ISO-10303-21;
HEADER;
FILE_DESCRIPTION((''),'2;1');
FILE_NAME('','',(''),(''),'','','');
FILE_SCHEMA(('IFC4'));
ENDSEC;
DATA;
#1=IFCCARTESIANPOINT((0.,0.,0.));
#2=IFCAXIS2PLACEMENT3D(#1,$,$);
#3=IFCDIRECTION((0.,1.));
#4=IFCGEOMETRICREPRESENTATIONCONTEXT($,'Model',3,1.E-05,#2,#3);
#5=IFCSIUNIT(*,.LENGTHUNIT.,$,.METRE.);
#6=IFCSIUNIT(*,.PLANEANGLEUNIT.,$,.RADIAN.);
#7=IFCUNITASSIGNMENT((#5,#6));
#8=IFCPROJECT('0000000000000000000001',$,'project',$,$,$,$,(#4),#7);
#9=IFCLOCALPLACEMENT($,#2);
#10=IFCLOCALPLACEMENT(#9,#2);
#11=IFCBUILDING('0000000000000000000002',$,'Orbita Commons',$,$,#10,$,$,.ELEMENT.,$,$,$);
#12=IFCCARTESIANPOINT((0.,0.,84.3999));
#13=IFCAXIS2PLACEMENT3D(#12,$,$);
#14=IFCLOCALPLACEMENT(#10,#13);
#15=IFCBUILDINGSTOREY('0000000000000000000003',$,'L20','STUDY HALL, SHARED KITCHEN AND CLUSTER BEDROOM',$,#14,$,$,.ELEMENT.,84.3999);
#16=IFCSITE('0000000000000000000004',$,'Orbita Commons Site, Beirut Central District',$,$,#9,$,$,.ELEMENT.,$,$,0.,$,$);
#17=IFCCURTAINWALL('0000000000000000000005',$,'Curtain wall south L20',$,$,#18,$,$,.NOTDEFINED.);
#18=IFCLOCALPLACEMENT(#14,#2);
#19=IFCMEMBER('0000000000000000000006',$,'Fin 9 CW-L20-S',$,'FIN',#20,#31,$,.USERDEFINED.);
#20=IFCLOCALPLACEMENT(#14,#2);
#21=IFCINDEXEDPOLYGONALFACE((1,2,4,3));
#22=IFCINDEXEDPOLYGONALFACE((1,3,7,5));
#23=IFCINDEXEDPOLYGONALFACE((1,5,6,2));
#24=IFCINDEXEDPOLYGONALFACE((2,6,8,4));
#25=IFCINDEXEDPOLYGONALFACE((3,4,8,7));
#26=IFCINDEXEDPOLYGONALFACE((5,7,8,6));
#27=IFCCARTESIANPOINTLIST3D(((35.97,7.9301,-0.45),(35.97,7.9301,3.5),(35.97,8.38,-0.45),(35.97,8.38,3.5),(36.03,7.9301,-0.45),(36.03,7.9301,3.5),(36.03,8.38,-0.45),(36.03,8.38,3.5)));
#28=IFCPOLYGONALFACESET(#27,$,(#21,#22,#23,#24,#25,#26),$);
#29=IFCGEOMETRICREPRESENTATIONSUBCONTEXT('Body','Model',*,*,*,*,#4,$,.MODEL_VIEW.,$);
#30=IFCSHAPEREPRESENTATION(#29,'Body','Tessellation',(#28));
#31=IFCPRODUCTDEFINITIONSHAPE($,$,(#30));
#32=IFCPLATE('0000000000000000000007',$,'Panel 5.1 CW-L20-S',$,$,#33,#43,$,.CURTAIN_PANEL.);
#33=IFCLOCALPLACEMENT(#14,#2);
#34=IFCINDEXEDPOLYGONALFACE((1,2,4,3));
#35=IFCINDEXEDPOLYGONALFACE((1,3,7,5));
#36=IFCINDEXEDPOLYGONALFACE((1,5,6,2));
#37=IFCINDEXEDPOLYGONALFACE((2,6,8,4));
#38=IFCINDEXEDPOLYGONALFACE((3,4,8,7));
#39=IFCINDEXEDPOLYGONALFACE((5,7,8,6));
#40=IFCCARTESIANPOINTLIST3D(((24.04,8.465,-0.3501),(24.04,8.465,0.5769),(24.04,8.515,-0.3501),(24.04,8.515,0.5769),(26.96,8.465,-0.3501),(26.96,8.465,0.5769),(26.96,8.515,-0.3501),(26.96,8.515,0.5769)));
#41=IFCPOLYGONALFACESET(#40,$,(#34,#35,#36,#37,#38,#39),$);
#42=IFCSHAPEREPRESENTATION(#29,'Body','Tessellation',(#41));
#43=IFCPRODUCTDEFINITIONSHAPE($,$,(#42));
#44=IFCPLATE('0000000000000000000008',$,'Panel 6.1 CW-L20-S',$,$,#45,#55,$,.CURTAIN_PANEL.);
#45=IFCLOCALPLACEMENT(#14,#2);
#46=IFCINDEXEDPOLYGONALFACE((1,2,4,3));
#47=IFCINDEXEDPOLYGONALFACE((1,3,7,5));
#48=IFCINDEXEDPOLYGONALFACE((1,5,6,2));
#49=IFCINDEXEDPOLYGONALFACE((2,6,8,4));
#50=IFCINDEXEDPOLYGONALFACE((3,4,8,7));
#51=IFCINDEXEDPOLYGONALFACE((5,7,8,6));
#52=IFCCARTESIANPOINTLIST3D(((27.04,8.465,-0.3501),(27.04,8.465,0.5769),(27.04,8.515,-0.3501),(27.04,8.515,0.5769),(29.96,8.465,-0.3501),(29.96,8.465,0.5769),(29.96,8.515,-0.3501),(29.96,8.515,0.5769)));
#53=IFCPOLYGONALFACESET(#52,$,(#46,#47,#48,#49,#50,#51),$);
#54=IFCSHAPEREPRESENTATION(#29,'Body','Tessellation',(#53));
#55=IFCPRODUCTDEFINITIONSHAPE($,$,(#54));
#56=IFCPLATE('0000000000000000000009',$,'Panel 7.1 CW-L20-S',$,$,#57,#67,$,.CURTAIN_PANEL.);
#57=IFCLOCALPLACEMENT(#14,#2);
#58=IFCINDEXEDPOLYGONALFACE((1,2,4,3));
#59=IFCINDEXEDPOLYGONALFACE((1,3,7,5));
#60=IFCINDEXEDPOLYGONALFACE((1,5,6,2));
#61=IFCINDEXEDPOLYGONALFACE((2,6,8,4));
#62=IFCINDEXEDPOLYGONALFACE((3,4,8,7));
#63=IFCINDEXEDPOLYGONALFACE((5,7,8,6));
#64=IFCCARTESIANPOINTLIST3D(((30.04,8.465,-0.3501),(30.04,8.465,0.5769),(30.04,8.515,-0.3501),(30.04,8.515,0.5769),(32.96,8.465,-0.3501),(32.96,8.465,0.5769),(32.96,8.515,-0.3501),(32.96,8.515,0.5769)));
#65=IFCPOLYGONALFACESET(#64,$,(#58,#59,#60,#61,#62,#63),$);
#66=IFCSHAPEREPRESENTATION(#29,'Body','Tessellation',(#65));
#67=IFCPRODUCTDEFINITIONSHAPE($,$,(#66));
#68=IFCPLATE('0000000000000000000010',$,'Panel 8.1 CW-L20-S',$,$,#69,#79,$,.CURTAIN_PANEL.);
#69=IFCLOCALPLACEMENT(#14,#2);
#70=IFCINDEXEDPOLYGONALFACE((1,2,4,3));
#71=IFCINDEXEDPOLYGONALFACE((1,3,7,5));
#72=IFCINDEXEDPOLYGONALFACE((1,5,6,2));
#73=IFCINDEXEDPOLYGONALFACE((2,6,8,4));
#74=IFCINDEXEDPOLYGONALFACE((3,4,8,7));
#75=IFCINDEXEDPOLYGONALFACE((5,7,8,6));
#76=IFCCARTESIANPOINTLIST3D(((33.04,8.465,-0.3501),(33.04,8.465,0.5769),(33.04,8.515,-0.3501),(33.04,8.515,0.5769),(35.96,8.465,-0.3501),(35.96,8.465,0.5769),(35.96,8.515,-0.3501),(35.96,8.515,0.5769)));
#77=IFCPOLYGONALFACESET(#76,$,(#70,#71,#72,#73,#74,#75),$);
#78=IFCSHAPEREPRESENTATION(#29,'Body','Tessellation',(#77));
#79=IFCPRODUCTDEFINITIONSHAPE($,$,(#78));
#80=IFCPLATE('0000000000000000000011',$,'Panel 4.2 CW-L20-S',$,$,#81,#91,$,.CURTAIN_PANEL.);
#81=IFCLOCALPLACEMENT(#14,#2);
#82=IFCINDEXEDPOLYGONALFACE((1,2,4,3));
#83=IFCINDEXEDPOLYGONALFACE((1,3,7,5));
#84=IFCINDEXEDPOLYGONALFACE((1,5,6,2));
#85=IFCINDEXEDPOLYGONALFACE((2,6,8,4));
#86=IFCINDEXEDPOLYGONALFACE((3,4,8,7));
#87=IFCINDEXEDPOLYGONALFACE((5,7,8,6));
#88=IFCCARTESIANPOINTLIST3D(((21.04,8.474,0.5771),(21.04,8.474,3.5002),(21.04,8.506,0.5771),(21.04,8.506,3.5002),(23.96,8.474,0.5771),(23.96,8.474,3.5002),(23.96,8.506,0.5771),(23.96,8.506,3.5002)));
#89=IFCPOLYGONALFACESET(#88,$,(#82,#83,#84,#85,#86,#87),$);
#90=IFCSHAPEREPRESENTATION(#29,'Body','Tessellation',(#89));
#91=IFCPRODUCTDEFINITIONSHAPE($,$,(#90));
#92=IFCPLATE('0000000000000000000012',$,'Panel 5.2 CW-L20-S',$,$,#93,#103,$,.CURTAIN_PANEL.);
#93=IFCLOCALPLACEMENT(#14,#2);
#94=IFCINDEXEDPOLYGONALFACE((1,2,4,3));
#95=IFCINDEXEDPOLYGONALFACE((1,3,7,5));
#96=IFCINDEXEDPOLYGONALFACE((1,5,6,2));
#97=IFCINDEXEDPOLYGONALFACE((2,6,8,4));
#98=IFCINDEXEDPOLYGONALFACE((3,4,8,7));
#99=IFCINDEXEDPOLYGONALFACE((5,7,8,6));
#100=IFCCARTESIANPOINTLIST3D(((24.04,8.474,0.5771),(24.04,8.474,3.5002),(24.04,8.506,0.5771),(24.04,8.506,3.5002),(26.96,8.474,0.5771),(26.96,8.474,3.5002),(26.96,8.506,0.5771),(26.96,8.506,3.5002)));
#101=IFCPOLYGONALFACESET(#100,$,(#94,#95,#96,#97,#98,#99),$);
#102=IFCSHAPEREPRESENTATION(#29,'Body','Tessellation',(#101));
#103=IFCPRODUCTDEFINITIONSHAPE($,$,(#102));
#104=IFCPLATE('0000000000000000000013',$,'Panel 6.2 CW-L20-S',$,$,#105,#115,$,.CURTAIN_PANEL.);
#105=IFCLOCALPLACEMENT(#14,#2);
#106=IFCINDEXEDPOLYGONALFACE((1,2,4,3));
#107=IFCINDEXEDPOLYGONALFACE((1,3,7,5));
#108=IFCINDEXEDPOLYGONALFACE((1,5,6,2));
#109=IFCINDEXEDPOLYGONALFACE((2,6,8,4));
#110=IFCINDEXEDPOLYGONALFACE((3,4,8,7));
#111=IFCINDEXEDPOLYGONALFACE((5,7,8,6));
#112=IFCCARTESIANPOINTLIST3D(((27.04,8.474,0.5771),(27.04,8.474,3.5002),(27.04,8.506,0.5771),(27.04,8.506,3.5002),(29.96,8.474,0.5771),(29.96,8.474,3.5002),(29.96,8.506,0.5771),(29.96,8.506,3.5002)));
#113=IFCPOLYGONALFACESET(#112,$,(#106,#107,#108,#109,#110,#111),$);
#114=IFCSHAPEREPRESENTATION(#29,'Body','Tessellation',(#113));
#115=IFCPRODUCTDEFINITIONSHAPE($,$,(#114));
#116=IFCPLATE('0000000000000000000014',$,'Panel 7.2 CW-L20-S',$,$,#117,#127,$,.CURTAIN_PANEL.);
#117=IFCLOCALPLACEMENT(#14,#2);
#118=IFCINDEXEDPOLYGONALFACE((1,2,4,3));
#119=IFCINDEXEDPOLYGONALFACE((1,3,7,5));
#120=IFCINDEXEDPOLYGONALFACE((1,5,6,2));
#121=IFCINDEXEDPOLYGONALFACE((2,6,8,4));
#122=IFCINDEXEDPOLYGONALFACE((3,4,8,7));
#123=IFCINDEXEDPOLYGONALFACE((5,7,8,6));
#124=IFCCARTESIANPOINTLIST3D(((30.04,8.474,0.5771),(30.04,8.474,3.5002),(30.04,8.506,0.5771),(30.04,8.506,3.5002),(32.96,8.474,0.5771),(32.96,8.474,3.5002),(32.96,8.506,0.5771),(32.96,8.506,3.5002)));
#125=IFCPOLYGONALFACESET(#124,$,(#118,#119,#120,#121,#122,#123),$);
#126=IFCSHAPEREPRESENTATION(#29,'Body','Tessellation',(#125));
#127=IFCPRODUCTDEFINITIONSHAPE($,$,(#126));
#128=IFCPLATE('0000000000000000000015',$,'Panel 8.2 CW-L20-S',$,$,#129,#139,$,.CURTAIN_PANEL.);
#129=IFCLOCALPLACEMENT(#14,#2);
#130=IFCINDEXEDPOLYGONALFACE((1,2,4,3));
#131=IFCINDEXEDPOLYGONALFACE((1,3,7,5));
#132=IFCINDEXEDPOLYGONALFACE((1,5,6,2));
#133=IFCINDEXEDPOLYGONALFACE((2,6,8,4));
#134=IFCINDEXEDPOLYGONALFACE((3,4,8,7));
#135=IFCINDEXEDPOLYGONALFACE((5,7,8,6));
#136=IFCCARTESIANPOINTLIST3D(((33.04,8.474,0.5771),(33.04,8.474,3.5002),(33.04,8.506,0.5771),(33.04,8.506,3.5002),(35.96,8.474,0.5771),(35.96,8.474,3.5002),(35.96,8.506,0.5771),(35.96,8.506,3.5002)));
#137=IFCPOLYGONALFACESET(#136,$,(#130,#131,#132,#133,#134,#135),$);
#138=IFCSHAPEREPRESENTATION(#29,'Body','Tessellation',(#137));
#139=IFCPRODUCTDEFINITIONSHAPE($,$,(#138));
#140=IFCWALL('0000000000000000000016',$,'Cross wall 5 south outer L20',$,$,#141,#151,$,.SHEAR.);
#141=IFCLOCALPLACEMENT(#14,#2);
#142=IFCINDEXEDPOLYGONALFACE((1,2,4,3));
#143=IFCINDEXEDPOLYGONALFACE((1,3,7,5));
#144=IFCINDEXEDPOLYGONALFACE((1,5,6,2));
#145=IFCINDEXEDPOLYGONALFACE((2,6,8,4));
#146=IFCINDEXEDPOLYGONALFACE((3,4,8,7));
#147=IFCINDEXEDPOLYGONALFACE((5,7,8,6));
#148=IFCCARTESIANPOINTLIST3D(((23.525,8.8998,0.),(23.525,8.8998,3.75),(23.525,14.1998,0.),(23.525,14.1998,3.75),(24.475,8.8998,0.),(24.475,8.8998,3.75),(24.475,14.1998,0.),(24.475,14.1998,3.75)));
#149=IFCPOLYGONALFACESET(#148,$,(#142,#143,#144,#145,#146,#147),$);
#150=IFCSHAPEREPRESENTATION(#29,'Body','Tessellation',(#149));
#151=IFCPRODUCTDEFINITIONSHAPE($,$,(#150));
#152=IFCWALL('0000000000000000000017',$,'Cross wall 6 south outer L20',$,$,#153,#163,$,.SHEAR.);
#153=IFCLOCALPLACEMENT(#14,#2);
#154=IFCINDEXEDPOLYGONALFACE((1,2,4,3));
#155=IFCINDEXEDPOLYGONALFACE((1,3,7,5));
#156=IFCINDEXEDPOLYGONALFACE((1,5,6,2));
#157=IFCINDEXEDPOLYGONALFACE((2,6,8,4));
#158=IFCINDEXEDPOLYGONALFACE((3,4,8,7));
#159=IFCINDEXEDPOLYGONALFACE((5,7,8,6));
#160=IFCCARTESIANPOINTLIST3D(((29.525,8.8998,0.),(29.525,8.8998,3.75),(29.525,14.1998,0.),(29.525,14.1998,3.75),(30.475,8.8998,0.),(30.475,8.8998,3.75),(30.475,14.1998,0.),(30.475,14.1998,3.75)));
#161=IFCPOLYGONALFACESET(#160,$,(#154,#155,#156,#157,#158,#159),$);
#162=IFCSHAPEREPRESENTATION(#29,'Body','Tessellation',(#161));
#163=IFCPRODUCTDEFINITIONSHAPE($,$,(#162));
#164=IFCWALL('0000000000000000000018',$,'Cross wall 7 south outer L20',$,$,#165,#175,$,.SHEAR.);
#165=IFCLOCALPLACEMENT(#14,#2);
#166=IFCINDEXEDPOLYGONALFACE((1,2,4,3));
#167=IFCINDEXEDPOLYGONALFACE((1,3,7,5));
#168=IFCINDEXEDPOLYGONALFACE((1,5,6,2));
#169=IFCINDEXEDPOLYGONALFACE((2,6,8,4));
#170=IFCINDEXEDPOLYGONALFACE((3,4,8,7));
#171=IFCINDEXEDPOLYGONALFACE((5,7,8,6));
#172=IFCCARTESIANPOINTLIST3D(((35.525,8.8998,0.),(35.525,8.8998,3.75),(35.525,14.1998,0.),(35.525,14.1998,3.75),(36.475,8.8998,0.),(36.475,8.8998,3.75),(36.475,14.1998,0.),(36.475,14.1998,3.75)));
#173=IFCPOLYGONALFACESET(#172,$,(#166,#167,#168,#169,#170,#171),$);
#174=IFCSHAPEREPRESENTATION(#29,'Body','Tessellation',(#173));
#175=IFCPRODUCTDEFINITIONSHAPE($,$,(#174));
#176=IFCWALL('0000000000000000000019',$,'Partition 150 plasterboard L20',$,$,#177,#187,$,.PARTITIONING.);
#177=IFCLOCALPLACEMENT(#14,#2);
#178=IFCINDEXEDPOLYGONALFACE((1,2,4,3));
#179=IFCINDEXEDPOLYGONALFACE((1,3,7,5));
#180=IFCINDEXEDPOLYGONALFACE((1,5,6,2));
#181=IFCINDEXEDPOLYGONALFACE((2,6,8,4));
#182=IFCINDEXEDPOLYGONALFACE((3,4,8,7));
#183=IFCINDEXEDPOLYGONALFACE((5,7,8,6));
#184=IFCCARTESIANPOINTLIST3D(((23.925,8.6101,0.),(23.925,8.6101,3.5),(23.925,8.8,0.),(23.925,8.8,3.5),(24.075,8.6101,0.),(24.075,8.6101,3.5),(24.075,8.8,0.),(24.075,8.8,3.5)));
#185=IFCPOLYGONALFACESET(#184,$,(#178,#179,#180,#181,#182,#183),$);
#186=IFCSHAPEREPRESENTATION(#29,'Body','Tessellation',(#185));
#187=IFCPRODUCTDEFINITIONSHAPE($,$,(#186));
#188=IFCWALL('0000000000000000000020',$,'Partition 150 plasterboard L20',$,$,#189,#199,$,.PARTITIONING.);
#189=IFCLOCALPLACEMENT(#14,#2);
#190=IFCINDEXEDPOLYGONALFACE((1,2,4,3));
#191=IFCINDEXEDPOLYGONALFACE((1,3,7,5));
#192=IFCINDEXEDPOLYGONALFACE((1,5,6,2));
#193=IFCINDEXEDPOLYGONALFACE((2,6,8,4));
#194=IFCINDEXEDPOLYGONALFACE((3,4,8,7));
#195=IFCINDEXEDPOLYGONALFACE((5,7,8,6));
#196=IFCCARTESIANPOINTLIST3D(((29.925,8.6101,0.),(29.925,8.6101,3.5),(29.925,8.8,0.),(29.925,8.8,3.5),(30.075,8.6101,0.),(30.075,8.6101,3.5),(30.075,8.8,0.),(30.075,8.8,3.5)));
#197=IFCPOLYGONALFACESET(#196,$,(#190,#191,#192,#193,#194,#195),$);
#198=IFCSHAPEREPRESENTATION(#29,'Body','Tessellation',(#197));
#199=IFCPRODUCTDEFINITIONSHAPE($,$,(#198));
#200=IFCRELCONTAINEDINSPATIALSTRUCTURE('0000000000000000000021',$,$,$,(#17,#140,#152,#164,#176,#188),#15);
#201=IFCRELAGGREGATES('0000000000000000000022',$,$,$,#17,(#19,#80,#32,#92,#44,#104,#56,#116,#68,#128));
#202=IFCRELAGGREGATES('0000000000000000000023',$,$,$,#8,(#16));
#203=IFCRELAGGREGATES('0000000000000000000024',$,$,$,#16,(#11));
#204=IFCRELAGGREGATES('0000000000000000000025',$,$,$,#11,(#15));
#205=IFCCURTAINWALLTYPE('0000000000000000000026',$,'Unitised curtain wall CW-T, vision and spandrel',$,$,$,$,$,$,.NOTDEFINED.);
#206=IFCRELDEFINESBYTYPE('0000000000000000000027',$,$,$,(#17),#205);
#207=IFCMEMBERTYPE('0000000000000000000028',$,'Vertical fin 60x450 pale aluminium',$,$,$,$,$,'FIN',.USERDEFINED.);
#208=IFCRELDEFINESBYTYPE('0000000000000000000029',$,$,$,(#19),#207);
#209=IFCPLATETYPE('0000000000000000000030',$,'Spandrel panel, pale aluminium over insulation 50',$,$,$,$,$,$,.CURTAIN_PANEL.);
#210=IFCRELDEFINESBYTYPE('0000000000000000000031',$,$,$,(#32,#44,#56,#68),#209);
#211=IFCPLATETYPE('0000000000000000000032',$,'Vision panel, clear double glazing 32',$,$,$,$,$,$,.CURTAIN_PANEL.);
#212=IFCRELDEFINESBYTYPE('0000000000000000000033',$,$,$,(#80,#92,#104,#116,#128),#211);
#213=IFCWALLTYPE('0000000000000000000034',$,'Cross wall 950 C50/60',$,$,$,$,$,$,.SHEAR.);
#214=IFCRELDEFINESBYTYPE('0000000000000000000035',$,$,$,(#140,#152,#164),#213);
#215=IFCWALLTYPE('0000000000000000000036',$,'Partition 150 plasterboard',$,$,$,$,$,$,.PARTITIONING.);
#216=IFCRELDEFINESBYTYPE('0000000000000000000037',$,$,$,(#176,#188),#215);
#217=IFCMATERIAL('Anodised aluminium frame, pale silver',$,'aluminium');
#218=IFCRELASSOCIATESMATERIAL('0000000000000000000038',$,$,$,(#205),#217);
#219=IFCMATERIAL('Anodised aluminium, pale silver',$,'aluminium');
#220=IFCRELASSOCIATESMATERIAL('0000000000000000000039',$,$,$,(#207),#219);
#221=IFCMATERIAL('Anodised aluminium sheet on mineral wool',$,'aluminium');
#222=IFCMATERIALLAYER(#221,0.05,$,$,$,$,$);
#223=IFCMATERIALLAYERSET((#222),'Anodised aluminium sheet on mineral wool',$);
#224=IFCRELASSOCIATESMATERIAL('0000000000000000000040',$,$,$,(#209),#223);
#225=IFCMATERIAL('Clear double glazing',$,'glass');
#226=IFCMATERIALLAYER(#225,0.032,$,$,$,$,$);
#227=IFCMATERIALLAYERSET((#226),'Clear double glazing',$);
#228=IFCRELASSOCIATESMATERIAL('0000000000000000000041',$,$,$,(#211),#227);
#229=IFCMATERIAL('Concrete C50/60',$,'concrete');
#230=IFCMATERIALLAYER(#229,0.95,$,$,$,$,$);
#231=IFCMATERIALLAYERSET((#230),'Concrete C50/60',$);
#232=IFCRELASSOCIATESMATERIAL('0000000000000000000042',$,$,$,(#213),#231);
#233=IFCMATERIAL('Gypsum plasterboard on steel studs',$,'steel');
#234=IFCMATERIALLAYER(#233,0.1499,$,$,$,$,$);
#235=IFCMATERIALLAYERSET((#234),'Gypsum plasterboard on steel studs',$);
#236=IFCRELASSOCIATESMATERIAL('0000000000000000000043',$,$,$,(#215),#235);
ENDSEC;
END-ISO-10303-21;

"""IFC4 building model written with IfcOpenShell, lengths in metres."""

from ifc_helpers import new_model, si_unit, direction, frame, frame_2d, origin, origin_2d, place, context, subcontext, project, spatial, rectangle, extrude, material, layer, layer_set, material_profile, profile_set, type_object, element, aggregate, save


model = new_model("IFC4")

# Units and contexts
model_context = context("Model", 3, precision=1e-05, world=origin(), true_north=direction((0.0, 1.0)))
body_context = subcontext(model_context, "Body", "Model", "MODEL_VIEW")
ifc_project = project(units=[si_unit("LENGTHUNIT", "METRE"), si_unit("PLANEANGLEUNIT", "RADIAN")], contexts=[model_context])

# Site, building, storey
site_placement = place(None, origin())
site = spatial("IfcSite", under=ifc_project, at=site_placement, Name="Orbita Commons Site, Beirut Central District", CompositionType="ELEMENT", RefElevation=0.0)
building_placement = place(site_placement, origin())
building = spatial("IfcBuilding", under=site, at=building_placement, Name="Orbita Commons", CompositionType="ELEMENT")
storey_placement = place(building_placement, frame((0.0, 0.0, 84.3999)))
storey = spatial("IfcBuildingStorey", under=building, at=storey_placement, Name="L20", Description="STUDY HALL, SHARED KITCHEN AND CLUSTER BEDROOM", CompositionType="ELEMENT", Elevation=84.3999)

# Curtain wall
ifc_material_1 = material(Name="Anodised aluminium frame, pale silver", Category="aluminium")
curtain_wall_type = type_object("IfcCurtainWallType", Name="Unitised curtain wall CW-T, vision and spandrel", PredefinedType="NOTDEFINED", material=ifc_material_1)
curtain_wall_placement = place(storey_placement, origin())
curtain_wall = element("IfcCurtainWall", 1, at=curtain_wall_placement, inside=storey, type_object=curtain_wall_type, Name="Curtain wall south L20", PredefinedType="NOTDEFINED")

# Member
ifc_material_2 = material(Name="Anodised aluminium, pale silver", Category="aluminium")
ifc_material_profile_1 = material_profile(ifc_material_2, rectangle(XDim=0.0601, YDim=0.45, at=origin_2d()), Name="FIN 60x450")
ifc_profile_set_1 = profile_set([ifc_material_profile_1], Name="Anodised aluminium, pale silver")
member_type_1 = type_object("IfcMemberType", Name="Vertical fin 60x450 pale aluminium", ElementType="FIN", PredefinedType="USERDEFINED", material=ifc_profile_set_1)
member_1_placement = place(storey_placement, frame((36.0, 8.155, -0.45), z_axis=(0.0, 0.0, 1.0), x_axis=(1.0, 0.0, 0.0)))
member_1 = element("IfcMember", 2, at=member_1_placement, type_object=member_type_1, Name="Fin 9 CW-L20-S", ObjectType="FIN", PredefinedType="USERDEFINED", context=body_context, shape_type="SweptSolid", body=[
    extrude(rectangle(XDim=0.0601, YDim=0.45, at=origin_2d()), origin(), (0.0, 0.0, 1.0), 3.95),
])

# Plates
ifc_material_3 = material(Name="Anodised aluminium sheet on mineral wool", Category="aluminium")
ifc_layer_1 = layer(ifc_material_3, 0.05)
ifc_layer_set_1 = layer_set([ifc_layer_1], Name="Anodised aluminium sheet on mineral wool")
plate_type_1 = type_object("IfcPlateType", Name="Spandrel panel, pale aluminium over insulation 50", PredefinedType="CURTAIN_PANEL", material=ifc_layer_set_1)
plate_1_placement = place(storey_placement, frame((25.5, 8.49, -0.3501), z_axis=(0.0, 0.0, 1.0), x_axis=(1.0, 0.0, 0.0)))
plate_1 = element("IfcPlate", 3, at=plate_1_placement, type_object=plate_type_1, Name="Panel 5.1 CW-L20-S", PredefinedType="CURTAIN_PANEL", context=body_context, shape_type="SweptSolid", body=[
    extrude(rectangle(XDim=2.9199, YDim=0.05, at=origin_2d()), origin(), (0.0, 0.0, 1.0), 0.927),
])
plate_2_placement = place(storey_placement, frame((28.5, 8.49, -0.3501), z_axis=(0.0, 0.0, 1.0), x_axis=(1.0, 0.0, 0.0)))
plate_2 = element("IfcPlate", 4, at=plate_2_placement, type_object=plate_type_1, Name="Panel 6.1 CW-L20-S", PredefinedType="CURTAIN_PANEL", context=body_context, shape_type="SweptSolid", body=[
    extrude(rectangle(XDim=2.9199, YDim=0.05, at=origin_2d()), origin(), (0.0, 0.0, 1.0), 0.927),
])
plate_3_placement = place(storey_placement, frame((31.5, 8.49, -0.3501), z_axis=(0.0, 0.0, 1.0), x_axis=(1.0, 0.0, 0.0)))
plate_3 = element("IfcPlate", 5, at=plate_3_placement, type_object=plate_type_1, Name="Panel 7.1 CW-L20-S", PredefinedType="CURTAIN_PANEL", context=body_context, shape_type="SweptSolid", body=[
    extrude(rectangle(XDim=2.9199, YDim=0.05, at=origin_2d()), origin(), (0.0, 0.0, 1.0), 0.927),
])
plate_4_placement = place(storey_placement, frame((34.5, 8.49, -0.3501), z_axis=(0.0, 0.0, 1.0), x_axis=(1.0, 0.0, 0.0)))
plate_4 = element("IfcPlate", 6, at=plate_4_placement, type_object=plate_type_1, Name="Panel 8.1 CW-L20-S", PredefinedType="CURTAIN_PANEL", context=body_context, shape_type="SweptSolid", body=[
    extrude(rectangle(XDim=2.9199, YDim=0.05, at=origin_2d()), origin(), (0.0, 0.0, 1.0), 0.927),
])
ifc_material_4 = material(Name="Clear double glazing", Category="glass")
ifc_layer_2 = layer(ifc_material_4, 0.032)
ifc_layer_set_2 = layer_set([ifc_layer_2], Name="Clear double glazing")
plate_type_2 = type_object("IfcPlateType", Name="Vision panel, clear double glazing 32", PredefinedType="CURTAIN_PANEL", material=ifc_layer_set_2)
plate_5_placement = place(storey_placement, frame((22.5, 8.49, 0.5771), z_axis=(0.0, 0.0, 1.0), x_axis=(1.0, 0.0, 0.0)))
plate_5 = element("IfcPlate", 7, at=plate_5_placement, type_object=plate_type_2, Name="Panel 4.2 CW-L20-S", PredefinedType="CURTAIN_PANEL", context=body_context, shape_type="SweptSolid", body=[
    extrude(rectangle(XDim=2.9199, YDim=0.032, at=origin_2d()), origin(), (0.0, 0.0, 1.0), 2.9231),
])
plate_6_placement = place(storey_placement, frame((25.5, 8.49, 0.5771), z_axis=(0.0, 0.0, 1.0), x_axis=(1.0, 0.0, 0.0)))
plate_6 = element("IfcPlate", 8, at=plate_6_placement, type_object=plate_type_2, Name="Panel 5.2 CW-L20-S", PredefinedType="CURTAIN_PANEL", context=body_context, shape_type="SweptSolid", body=[
    extrude(rectangle(XDim=2.9199, YDim=0.032, at=origin_2d()), origin(), (0.0, 0.0, 1.0), 2.9231),
])
plate_7_placement = place(storey_placement, frame((28.5, 8.49, 0.5771), z_axis=(0.0, 0.0, 1.0), x_axis=(1.0, 0.0, 0.0)))
plate_7 = element("IfcPlate", 9, at=plate_7_placement, type_object=plate_type_2, Name="Panel 6.2 CW-L20-S", PredefinedType="CURTAIN_PANEL", context=body_context, shape_type="SweptSolid", body=[
    extrude(rectangle(XDim=2.9199, YDim=0.032, at=origin_2d()), origin(), (0.0, 0.0, 1.0), 2.9231),
])
plate_8_placement = place(storey_placement, frame((31.5, 8.49, 0.5771), z_axis=(0.0, 0.0, 1.0), x_axis=(1.0, 0.0, 0.0)))
plate_8 = element("IfcPlate", 10, at=plate_8_placement, type_object=plate_type_2, Name="Panel 7.2 CW-L20-S", PredefinedType="CURTAIN_PANEL", context=body_context, shape_type="SweptSolid", body=[
    extrude(rectangle(XDim=2.9199, YDim=0.032, at=origin_2d()), origin(), (0.0, 0.0, 1.0), 2.9231),
])
plate_9_placement = place(storey_placement, frame((34.5, 8.49, 0.5771), z_axis=(0.0, 0.0, 1.0), x_axis=(1.0, 0.0, 0.0)))
plate_9 = element("IfcPlate", 11, at=plate_9_placement, type_object=plate_type_2, Name="Panel 8.2 CW-L20-S", PredefinedType="CURTAIN_PANEL", context=body_context, shape_type="SweptSolid", body=[
    extrude(rectangle(XDim=2.9199, YDim=0.032, at=origin_2d()), origin(), (0.0, 0.0, 1.0), 2.9231),
])
aggregate(curtain_wall, [member_1, plate_5, plate_1, plate_6, plate_2, plate_7, plate_3, plate_8, plate_4, plate_9])

# Walls
ifc_material_5 = material(Name="Concrete C50/60", Category="concrete")
ifc_layer_3 = layer(ifc_material_5, 0.95)
ifc_layer_set_3 = layer_set([ifc_layer_3], Name="Concrete C50/60")
wall_type_1 = type_object("IfcWallType", Name="Cross wall 950 C50/60", PredefinedType="SHEAR", material=ifc_layer_set_3)
for number, where, z_axis, x_axis, name in (
    (12, (24.0, 8.8999, 0.0), (0.0, 0.0, 1.0), (0.0, 1.0, 0.0), "Cross wall 5 south outer L20"),
    (13, (30.0, 8.8999, 0.0), (0.0, 0.0, 1.0), (0.0, 1.0, 0.0), "Cross wall 6 south outer L20"),
    (14, (36.0, 8.8999, 0.0), (0.0, 0.0, 1.0), (0.0, 1.0, 0.0), "Cross wall 7 south outer L20"),
):
    element("IfcWall", number, at=place(storey_placement, frame(where, z_axis=z_axis, x_axis=x_axis)), inside=storey, type_object=wall_type_1, Name=name, PredefinedType="SHEAR", context=body_context, shape_type="SweptSolid", body=[
        extrude(rectangle(XDim=5.3, YDim=0.95, at=frame_2d((2.6499, 0.0))), origin(), (0.0, 0.0, 1.0), 3.75),
    ])
ifc_material_6 = material(Name="Gypsum plasterboard on steel studs", Category="steel")
ifc_layer_4 = layer(ifc_material_6, 0.1499)
ifc_layer_set_4 = layer_set([ifc_layer_4], Name="Gypsum plasterboard on steel studs")
wall_type_2 = type_object("IfcWallType", Name="Partition 150 plasterboard", PredefinedType="PARTITIONING", material=ifc_layer_set_4)
for number, where, z_axis, x_axis, name in (
    (15, (24.0, 8.8, 0.0), (0.0, 0.0, 1.0), (0.0, -1.0, 0.0), "Partition 150 plasterboard L20"),
    (16, (30.0, 8.8, 0.0), (0.0, 0.0, 1.0), (0.0, -1.0, 0.0), "Partition 150 plasterboard L20"),
):
    element("IfcWall", number, at=place(storey_placement, frame(where, z_axis=z_axis, x_axis=x_axis)), inside=storey, type_object=wall_type_2, Name=name, PredefinedType="PARTITIONING", context=body_context, shape_type="SweptSolid", body=[
        extrude(rectangle(XDim=0.1899, YDim=0.1499, at=frame_2d((0.095, 0.0))), origin(), (0.0, 0.0, 1.0), 3.5),
    ])

save(model, "model.ifc")
